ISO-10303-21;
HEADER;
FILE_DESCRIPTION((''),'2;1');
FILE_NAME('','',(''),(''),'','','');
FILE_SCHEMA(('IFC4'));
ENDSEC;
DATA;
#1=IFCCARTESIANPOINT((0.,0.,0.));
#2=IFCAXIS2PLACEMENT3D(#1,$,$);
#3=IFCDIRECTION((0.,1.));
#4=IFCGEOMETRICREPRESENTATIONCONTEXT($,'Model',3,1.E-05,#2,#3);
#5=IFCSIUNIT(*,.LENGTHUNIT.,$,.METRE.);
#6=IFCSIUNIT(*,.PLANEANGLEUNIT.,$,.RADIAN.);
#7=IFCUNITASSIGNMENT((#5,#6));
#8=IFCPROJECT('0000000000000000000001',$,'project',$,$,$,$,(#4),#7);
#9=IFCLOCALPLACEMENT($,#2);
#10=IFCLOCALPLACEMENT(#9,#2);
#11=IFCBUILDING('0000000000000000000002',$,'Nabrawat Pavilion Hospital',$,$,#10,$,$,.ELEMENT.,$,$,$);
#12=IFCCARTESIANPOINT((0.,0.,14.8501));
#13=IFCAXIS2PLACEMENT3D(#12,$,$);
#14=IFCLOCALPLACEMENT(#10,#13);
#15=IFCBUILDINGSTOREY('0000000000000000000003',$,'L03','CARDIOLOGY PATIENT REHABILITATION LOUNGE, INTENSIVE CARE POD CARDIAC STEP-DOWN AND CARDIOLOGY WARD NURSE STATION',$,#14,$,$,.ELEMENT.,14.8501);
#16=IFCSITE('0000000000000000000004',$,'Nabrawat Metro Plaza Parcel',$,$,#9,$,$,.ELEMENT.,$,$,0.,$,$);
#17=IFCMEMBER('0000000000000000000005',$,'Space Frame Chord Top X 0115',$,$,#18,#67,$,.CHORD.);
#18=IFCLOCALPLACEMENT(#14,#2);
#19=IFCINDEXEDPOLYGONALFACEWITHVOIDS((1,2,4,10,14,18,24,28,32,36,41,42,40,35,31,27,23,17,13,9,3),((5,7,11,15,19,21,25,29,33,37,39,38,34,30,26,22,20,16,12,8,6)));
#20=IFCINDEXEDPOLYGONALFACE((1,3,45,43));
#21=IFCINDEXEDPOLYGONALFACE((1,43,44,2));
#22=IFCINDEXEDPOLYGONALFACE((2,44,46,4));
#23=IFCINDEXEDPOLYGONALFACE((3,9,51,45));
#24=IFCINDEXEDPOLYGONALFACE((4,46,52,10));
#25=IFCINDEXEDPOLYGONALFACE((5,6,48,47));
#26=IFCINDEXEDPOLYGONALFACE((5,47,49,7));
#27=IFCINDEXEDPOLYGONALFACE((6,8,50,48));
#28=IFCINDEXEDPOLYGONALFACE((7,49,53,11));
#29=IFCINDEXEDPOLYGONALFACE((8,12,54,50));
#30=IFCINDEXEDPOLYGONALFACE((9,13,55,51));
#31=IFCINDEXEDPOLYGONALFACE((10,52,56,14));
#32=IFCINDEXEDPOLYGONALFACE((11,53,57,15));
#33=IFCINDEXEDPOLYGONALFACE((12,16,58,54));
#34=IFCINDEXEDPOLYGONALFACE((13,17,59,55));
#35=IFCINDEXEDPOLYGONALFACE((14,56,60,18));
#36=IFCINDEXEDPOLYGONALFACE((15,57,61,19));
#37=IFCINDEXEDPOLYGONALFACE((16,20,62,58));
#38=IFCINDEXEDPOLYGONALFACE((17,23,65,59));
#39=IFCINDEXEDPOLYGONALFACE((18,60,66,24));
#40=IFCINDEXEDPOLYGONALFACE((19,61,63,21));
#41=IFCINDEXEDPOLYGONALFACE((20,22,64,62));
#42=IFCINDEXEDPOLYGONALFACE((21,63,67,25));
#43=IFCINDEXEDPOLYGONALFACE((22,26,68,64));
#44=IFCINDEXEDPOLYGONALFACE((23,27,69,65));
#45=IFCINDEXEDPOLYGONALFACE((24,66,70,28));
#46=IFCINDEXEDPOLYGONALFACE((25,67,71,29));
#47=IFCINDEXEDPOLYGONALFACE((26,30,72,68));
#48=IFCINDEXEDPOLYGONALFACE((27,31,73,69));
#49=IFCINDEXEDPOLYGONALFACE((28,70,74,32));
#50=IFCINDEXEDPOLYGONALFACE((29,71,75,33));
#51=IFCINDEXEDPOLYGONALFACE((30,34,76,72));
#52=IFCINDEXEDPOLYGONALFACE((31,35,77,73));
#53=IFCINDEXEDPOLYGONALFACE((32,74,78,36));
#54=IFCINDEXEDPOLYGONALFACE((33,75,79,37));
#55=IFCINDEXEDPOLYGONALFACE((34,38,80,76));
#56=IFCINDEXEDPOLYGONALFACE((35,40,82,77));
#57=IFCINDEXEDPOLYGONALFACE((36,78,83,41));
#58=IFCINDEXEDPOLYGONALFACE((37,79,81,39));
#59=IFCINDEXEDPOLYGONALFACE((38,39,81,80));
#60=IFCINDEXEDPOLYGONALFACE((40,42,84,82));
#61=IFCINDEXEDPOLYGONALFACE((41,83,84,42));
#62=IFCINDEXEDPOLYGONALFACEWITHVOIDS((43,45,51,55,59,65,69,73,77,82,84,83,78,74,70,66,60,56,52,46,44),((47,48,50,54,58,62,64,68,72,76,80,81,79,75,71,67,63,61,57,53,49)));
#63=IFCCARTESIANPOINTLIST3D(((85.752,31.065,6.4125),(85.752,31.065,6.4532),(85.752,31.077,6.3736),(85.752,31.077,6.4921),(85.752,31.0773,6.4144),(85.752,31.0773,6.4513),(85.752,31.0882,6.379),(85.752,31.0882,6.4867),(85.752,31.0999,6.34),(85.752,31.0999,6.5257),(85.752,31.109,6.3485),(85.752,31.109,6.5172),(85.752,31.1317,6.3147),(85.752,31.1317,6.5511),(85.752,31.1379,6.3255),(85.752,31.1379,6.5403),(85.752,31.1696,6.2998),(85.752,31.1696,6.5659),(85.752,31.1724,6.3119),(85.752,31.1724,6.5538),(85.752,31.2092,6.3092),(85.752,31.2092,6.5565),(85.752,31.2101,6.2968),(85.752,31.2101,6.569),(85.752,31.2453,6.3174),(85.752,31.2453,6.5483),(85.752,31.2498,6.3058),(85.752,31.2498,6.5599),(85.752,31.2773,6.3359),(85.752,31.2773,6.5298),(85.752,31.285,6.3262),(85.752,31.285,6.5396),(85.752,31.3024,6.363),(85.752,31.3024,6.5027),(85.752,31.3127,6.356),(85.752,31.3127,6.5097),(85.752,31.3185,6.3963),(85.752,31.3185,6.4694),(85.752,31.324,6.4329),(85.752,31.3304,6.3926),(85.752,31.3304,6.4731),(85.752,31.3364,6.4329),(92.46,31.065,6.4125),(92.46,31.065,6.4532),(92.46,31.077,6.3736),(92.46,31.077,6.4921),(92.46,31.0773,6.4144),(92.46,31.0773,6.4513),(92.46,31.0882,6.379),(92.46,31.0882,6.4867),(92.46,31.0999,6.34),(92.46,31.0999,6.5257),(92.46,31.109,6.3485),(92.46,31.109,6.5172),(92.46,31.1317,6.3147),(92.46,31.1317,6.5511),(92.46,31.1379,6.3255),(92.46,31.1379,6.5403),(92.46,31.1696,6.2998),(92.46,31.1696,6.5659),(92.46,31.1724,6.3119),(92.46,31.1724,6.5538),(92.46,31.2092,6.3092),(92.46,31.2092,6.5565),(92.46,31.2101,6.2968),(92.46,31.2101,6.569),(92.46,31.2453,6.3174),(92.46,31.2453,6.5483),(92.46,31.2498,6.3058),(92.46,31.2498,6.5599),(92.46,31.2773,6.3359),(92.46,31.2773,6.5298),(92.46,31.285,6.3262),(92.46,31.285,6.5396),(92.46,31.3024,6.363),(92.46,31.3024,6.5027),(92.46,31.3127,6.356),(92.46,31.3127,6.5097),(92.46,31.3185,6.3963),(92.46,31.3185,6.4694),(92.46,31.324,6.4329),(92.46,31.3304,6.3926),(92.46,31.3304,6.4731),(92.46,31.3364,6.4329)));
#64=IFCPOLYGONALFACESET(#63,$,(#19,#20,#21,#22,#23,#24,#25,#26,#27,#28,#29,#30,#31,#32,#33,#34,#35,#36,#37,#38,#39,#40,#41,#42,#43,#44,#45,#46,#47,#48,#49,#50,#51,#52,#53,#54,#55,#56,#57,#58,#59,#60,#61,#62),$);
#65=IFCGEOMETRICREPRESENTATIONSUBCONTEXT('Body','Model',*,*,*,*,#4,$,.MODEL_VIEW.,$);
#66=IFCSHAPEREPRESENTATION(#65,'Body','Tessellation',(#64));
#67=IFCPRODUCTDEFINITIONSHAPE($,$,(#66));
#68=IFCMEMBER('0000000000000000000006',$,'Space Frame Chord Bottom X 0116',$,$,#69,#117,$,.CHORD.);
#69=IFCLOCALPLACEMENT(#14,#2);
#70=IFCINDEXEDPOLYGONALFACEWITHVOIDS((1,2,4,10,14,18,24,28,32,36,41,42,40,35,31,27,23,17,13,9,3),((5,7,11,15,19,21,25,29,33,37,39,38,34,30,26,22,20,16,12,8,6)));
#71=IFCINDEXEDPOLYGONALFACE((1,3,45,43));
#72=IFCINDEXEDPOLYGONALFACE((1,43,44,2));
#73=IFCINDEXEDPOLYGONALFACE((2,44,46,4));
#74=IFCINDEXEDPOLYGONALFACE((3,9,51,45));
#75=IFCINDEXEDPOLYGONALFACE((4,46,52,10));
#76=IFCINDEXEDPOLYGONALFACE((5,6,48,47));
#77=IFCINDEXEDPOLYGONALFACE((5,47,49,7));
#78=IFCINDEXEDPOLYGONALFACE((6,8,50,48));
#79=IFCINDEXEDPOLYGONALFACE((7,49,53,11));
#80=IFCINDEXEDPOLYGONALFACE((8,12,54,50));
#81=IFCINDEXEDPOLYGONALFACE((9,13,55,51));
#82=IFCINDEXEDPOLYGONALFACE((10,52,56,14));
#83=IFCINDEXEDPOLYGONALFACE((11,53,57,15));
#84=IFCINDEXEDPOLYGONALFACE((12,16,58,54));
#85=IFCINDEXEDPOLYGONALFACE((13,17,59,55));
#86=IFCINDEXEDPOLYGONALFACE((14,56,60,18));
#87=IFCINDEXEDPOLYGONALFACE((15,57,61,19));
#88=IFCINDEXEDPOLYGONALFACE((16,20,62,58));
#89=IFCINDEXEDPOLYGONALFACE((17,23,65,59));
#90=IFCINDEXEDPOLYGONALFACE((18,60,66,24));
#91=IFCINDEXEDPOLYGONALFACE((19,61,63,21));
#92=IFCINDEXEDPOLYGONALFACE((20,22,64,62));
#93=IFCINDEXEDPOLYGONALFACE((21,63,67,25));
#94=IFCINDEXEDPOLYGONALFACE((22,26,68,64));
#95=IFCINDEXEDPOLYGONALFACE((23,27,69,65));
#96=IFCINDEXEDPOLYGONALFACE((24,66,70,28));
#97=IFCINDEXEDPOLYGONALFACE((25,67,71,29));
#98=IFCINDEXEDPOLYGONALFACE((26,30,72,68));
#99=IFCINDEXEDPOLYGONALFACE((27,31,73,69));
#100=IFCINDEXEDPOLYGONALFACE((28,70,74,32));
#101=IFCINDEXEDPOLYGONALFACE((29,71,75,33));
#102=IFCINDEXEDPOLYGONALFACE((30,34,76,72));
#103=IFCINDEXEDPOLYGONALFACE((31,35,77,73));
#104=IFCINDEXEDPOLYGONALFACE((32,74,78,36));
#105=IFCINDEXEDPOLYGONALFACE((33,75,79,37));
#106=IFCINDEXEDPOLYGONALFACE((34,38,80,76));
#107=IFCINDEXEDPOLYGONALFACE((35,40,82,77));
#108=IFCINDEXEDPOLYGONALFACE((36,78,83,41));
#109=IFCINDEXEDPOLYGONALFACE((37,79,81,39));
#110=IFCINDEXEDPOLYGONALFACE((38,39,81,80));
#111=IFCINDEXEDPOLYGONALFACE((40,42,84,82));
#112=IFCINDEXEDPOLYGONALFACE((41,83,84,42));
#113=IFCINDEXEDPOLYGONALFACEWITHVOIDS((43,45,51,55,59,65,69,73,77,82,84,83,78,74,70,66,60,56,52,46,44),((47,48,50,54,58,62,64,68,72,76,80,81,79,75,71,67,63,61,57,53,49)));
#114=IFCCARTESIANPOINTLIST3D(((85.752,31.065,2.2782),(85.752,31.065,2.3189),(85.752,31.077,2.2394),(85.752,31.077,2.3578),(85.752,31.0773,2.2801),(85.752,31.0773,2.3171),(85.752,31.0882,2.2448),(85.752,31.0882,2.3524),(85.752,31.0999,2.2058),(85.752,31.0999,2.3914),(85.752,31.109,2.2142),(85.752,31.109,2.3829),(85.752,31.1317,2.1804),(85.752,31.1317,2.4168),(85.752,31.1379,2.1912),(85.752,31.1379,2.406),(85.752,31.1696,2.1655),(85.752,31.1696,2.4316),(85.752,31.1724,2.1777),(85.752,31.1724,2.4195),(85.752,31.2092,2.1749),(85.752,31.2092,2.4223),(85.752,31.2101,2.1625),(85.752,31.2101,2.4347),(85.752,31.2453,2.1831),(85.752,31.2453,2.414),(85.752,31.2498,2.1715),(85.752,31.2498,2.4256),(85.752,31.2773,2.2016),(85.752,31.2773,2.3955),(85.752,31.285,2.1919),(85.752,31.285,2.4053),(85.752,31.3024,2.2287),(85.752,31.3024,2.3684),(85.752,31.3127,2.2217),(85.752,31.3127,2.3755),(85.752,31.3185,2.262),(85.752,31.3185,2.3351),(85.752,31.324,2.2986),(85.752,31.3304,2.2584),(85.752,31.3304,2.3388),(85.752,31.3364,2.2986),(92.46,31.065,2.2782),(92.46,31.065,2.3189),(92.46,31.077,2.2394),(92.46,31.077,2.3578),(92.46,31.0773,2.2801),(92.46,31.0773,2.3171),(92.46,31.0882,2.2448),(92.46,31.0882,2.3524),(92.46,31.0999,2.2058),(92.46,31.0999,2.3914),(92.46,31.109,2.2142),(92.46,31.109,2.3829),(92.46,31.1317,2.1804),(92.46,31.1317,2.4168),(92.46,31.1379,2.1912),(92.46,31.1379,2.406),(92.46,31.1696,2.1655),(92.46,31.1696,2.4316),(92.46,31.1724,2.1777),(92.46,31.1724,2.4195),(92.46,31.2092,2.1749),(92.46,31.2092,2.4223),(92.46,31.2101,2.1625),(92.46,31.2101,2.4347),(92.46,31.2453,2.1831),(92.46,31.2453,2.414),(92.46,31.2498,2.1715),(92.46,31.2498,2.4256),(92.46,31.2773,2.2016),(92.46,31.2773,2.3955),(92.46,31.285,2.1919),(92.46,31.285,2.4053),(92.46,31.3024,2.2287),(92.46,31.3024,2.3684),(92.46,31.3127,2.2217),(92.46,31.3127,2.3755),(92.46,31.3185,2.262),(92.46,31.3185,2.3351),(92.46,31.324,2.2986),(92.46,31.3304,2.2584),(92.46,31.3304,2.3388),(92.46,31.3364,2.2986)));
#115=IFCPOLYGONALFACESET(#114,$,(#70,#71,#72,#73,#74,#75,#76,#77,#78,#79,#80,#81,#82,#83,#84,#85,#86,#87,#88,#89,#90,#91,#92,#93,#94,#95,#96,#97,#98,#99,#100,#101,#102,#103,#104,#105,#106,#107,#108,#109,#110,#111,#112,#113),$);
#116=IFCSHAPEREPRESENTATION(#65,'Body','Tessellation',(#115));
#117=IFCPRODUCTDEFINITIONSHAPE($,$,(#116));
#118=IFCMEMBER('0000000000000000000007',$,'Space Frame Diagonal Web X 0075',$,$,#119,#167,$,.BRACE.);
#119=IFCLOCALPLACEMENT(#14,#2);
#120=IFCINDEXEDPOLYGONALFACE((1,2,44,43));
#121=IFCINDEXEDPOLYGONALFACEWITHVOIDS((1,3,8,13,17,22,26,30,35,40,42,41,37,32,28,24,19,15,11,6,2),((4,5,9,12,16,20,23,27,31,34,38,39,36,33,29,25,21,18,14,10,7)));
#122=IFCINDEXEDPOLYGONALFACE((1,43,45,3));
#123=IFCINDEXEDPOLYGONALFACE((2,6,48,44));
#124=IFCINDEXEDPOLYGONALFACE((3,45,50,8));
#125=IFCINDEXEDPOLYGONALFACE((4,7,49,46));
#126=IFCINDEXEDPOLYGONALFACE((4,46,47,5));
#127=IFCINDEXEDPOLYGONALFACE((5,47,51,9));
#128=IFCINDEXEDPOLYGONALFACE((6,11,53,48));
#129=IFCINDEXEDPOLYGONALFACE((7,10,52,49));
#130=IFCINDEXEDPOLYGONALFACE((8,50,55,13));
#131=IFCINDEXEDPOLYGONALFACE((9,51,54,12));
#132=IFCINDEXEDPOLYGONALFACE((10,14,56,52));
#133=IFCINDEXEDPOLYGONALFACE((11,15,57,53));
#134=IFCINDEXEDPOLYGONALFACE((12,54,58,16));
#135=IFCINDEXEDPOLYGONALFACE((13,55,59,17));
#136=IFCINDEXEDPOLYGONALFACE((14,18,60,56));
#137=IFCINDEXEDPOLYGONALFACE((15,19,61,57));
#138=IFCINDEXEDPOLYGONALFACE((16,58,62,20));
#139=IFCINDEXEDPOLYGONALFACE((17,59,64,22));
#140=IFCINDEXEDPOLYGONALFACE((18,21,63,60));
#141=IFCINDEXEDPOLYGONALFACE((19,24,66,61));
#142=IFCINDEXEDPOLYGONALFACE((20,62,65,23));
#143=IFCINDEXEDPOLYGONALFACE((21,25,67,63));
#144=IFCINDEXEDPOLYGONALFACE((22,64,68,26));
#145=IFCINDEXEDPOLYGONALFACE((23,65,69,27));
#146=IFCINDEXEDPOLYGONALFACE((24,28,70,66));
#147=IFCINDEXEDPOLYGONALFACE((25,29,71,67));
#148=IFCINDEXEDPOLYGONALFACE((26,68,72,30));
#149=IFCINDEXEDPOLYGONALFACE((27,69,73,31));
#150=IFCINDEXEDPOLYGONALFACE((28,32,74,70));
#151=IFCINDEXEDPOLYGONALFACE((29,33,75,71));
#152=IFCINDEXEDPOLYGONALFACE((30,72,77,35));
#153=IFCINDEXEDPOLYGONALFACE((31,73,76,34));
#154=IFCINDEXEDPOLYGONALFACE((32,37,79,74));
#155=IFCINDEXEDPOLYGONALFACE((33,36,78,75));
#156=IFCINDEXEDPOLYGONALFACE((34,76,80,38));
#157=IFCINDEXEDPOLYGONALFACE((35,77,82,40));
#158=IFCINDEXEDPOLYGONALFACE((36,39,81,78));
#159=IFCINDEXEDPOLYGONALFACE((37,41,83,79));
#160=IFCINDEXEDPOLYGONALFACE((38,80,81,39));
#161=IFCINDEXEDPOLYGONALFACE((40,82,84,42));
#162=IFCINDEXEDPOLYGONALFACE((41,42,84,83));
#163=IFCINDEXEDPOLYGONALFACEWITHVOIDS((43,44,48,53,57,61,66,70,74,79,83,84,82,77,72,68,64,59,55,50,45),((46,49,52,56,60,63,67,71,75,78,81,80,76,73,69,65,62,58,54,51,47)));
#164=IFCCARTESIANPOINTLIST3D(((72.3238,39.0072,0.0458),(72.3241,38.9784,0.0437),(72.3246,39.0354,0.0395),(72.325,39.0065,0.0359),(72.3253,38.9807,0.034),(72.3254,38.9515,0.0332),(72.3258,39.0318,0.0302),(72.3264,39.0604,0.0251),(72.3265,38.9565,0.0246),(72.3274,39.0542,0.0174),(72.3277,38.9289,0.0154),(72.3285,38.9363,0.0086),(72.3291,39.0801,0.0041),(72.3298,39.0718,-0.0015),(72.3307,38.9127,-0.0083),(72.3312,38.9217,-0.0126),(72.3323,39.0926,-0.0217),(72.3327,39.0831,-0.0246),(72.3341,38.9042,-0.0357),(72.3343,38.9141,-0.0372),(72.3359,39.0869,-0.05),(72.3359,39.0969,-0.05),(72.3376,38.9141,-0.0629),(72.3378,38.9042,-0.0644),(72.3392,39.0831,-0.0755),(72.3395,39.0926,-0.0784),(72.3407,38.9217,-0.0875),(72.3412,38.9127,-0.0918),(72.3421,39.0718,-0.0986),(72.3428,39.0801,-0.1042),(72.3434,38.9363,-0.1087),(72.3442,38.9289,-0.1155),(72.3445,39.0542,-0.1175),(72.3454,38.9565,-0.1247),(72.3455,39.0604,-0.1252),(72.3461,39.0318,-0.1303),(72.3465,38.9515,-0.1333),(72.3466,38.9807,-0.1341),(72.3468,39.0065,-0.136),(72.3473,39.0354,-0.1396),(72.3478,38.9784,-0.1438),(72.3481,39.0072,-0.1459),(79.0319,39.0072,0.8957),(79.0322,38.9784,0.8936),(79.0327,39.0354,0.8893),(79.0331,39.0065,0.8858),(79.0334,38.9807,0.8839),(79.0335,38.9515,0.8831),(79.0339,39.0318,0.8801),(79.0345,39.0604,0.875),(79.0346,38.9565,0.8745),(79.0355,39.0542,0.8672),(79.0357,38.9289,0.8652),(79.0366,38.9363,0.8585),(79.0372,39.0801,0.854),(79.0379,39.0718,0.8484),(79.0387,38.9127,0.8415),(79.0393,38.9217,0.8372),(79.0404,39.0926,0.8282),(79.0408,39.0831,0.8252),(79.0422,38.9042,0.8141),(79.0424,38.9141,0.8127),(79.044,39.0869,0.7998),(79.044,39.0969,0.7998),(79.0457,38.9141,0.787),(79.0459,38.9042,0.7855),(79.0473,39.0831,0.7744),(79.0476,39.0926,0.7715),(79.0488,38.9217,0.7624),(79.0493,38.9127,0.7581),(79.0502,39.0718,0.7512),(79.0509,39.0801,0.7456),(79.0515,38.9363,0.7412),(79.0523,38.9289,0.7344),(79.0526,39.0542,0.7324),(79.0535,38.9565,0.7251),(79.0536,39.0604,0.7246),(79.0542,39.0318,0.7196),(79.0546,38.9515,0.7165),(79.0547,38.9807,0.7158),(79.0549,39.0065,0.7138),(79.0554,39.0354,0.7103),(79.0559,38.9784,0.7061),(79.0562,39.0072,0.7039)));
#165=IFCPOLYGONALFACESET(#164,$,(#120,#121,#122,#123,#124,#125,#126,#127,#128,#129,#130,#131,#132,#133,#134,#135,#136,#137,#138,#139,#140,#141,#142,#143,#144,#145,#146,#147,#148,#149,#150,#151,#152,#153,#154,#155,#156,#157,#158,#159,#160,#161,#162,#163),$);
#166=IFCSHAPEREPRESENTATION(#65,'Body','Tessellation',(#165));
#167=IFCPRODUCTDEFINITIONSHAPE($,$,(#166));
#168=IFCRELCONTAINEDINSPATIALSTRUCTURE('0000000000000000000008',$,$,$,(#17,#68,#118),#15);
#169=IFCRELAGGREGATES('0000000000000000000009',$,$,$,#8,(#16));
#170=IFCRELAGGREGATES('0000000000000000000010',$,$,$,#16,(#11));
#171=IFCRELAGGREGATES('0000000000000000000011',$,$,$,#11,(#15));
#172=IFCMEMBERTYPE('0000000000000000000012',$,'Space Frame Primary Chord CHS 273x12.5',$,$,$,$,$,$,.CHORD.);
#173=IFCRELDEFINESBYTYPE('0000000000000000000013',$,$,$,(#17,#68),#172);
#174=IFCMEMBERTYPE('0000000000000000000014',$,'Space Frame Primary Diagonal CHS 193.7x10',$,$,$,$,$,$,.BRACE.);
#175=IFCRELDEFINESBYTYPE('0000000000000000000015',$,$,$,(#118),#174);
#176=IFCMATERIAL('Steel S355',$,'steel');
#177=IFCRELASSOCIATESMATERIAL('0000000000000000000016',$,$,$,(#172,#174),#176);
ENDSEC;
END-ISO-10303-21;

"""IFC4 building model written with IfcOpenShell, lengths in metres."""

from ifc_helpers import new_model, si_unit, direction, frame, origin, origin_2d, place, context, subcontext, project, spatial, hollow_circle, extrude, material, material_profile, profile_set, type_object, element, save


model = new_model("IFC4")

# Units and contexts
model_context = context("Model", 3, precision=1e-05, world=origin(), true_north=direction((0.0, 1.0)))
body_context = subcontext(model_context, "Body", "Model", "MODEL_VIEW")
ifc_project = project(units=[si_unit("LENGTHUNIT", "METRE"), si_unit("PLANEANGLEUNIT", "RADIAN")], contexts=[model_context])

# Site, building, storey
site_placement = place(None, origin())
site = spatial("IfcSite", under=ifc_project, at=site_placement, Name="Nabrawat Metro Plaza Parcel", CompositionType="ELEMENT", RefElevation=0.0)
building_placement = place(site_placement, origin())
building = spatial("IfcBuilding", under=site, at=building_placement, Name="Nabrawat Pavilion Hospital", CompositionType="ELEMENT")
storey_placement = place(building_placement, frame((0.0, 0.0, 14.8501)))
storey = spatial("IfcBuildingStorey", under=building, at=storey_placement, Name="L03", Description="CARDIOLOGY PATIENT REHABILITATION LOUNGE, INTENSIVE CARE POD CARDIAC STEP-DOWN AND CARDIOLOGY WARD NURSE STATION", CompositionType="ELEMENT", Elevation=14.8501)

# Shared definitions
ifc_material = material(Name="Steel S355", Category="steel")

# Members
ifc_material_profile_1 = material_profile(ifc_material, hollow_circle(Radius=0.1365, WallThickness=0.0125, at=origin_2d()), Name="CHS 273x12.5")
ifc_profile_set_1 = profile_set([ifc_material_profile_1], Name="Steel S355")
member_type_1 = type_object("IfcMemberType", Name="Space Frame Primary Chord CHS 273x12.5", PredefinedType="CHORD", material=ifc_profile_set_1)
for number, where, z_axis, x_axis, name in (
    (1, (85.752, 31.2, 6.4329), (1.0, 0.0, 0.0), (0.0, 1.0, 0.0), "Space Frame Chord Top X 0115"),
    (2, (85.752, 31.2, 2.2986), (1.0, 0.0, 0.0), (0.0, 1.0, 0.0), "Space Frame Chord Bottom X 0116"),
):
    element("IfcMember", number, at=place(storey_placement, frame(where, z_axis=z_axis, x_axis=x_axis)), inside=storey, type_object=member_type_1, Name=name, PredefinedType="CHORD", context=body_context, shape_type="SweptSolid", body=[
        extrude(hollow_circle(Radius=0.1365, WallThickness=0.0125, at=origin_2d()), origin(), (0.0, 0.0, 1.0), 6.708),
    ])
ifc_material_profile_2 = material_profile(ifc_material, hollow_circle(Radius=0.0969, WallThickness=0.01, at=origin_2d()), Name="CHS 193.7x10")
ifc_profile_set_2 = profile_set([ifc_material_profile_2], Name="Steel S355")
member_type_2 = type_object("IfcMemberType", Name="Space Frame Primary Diagonal CHS 193.7x10", PredefinedType="BRACE", material=ifc_profile_set_2)
member_1_placement = place(storey_placement, frame((72.3359, 39.0, -0.05), z_axis=(0.99207, 0.0, 0.125688), x_axis=(0.0, 1.0, 0.0)))
element("IfcMember", 3, at=member_1_placement, inside=storey, type_object=member_type_2, Name="Space Frame Diagonal Web X 0075", PredefinedType="BRACE", context=body_context, shape_type="SweptSolid", body=[
    extrude(hollow_circle(Radius=0.0969, WallThickness=0.01, at=origin_2d()), origin(), (0.0, 0.0, 1.0), 6.7617),
])

save(model, "model.ifc")
